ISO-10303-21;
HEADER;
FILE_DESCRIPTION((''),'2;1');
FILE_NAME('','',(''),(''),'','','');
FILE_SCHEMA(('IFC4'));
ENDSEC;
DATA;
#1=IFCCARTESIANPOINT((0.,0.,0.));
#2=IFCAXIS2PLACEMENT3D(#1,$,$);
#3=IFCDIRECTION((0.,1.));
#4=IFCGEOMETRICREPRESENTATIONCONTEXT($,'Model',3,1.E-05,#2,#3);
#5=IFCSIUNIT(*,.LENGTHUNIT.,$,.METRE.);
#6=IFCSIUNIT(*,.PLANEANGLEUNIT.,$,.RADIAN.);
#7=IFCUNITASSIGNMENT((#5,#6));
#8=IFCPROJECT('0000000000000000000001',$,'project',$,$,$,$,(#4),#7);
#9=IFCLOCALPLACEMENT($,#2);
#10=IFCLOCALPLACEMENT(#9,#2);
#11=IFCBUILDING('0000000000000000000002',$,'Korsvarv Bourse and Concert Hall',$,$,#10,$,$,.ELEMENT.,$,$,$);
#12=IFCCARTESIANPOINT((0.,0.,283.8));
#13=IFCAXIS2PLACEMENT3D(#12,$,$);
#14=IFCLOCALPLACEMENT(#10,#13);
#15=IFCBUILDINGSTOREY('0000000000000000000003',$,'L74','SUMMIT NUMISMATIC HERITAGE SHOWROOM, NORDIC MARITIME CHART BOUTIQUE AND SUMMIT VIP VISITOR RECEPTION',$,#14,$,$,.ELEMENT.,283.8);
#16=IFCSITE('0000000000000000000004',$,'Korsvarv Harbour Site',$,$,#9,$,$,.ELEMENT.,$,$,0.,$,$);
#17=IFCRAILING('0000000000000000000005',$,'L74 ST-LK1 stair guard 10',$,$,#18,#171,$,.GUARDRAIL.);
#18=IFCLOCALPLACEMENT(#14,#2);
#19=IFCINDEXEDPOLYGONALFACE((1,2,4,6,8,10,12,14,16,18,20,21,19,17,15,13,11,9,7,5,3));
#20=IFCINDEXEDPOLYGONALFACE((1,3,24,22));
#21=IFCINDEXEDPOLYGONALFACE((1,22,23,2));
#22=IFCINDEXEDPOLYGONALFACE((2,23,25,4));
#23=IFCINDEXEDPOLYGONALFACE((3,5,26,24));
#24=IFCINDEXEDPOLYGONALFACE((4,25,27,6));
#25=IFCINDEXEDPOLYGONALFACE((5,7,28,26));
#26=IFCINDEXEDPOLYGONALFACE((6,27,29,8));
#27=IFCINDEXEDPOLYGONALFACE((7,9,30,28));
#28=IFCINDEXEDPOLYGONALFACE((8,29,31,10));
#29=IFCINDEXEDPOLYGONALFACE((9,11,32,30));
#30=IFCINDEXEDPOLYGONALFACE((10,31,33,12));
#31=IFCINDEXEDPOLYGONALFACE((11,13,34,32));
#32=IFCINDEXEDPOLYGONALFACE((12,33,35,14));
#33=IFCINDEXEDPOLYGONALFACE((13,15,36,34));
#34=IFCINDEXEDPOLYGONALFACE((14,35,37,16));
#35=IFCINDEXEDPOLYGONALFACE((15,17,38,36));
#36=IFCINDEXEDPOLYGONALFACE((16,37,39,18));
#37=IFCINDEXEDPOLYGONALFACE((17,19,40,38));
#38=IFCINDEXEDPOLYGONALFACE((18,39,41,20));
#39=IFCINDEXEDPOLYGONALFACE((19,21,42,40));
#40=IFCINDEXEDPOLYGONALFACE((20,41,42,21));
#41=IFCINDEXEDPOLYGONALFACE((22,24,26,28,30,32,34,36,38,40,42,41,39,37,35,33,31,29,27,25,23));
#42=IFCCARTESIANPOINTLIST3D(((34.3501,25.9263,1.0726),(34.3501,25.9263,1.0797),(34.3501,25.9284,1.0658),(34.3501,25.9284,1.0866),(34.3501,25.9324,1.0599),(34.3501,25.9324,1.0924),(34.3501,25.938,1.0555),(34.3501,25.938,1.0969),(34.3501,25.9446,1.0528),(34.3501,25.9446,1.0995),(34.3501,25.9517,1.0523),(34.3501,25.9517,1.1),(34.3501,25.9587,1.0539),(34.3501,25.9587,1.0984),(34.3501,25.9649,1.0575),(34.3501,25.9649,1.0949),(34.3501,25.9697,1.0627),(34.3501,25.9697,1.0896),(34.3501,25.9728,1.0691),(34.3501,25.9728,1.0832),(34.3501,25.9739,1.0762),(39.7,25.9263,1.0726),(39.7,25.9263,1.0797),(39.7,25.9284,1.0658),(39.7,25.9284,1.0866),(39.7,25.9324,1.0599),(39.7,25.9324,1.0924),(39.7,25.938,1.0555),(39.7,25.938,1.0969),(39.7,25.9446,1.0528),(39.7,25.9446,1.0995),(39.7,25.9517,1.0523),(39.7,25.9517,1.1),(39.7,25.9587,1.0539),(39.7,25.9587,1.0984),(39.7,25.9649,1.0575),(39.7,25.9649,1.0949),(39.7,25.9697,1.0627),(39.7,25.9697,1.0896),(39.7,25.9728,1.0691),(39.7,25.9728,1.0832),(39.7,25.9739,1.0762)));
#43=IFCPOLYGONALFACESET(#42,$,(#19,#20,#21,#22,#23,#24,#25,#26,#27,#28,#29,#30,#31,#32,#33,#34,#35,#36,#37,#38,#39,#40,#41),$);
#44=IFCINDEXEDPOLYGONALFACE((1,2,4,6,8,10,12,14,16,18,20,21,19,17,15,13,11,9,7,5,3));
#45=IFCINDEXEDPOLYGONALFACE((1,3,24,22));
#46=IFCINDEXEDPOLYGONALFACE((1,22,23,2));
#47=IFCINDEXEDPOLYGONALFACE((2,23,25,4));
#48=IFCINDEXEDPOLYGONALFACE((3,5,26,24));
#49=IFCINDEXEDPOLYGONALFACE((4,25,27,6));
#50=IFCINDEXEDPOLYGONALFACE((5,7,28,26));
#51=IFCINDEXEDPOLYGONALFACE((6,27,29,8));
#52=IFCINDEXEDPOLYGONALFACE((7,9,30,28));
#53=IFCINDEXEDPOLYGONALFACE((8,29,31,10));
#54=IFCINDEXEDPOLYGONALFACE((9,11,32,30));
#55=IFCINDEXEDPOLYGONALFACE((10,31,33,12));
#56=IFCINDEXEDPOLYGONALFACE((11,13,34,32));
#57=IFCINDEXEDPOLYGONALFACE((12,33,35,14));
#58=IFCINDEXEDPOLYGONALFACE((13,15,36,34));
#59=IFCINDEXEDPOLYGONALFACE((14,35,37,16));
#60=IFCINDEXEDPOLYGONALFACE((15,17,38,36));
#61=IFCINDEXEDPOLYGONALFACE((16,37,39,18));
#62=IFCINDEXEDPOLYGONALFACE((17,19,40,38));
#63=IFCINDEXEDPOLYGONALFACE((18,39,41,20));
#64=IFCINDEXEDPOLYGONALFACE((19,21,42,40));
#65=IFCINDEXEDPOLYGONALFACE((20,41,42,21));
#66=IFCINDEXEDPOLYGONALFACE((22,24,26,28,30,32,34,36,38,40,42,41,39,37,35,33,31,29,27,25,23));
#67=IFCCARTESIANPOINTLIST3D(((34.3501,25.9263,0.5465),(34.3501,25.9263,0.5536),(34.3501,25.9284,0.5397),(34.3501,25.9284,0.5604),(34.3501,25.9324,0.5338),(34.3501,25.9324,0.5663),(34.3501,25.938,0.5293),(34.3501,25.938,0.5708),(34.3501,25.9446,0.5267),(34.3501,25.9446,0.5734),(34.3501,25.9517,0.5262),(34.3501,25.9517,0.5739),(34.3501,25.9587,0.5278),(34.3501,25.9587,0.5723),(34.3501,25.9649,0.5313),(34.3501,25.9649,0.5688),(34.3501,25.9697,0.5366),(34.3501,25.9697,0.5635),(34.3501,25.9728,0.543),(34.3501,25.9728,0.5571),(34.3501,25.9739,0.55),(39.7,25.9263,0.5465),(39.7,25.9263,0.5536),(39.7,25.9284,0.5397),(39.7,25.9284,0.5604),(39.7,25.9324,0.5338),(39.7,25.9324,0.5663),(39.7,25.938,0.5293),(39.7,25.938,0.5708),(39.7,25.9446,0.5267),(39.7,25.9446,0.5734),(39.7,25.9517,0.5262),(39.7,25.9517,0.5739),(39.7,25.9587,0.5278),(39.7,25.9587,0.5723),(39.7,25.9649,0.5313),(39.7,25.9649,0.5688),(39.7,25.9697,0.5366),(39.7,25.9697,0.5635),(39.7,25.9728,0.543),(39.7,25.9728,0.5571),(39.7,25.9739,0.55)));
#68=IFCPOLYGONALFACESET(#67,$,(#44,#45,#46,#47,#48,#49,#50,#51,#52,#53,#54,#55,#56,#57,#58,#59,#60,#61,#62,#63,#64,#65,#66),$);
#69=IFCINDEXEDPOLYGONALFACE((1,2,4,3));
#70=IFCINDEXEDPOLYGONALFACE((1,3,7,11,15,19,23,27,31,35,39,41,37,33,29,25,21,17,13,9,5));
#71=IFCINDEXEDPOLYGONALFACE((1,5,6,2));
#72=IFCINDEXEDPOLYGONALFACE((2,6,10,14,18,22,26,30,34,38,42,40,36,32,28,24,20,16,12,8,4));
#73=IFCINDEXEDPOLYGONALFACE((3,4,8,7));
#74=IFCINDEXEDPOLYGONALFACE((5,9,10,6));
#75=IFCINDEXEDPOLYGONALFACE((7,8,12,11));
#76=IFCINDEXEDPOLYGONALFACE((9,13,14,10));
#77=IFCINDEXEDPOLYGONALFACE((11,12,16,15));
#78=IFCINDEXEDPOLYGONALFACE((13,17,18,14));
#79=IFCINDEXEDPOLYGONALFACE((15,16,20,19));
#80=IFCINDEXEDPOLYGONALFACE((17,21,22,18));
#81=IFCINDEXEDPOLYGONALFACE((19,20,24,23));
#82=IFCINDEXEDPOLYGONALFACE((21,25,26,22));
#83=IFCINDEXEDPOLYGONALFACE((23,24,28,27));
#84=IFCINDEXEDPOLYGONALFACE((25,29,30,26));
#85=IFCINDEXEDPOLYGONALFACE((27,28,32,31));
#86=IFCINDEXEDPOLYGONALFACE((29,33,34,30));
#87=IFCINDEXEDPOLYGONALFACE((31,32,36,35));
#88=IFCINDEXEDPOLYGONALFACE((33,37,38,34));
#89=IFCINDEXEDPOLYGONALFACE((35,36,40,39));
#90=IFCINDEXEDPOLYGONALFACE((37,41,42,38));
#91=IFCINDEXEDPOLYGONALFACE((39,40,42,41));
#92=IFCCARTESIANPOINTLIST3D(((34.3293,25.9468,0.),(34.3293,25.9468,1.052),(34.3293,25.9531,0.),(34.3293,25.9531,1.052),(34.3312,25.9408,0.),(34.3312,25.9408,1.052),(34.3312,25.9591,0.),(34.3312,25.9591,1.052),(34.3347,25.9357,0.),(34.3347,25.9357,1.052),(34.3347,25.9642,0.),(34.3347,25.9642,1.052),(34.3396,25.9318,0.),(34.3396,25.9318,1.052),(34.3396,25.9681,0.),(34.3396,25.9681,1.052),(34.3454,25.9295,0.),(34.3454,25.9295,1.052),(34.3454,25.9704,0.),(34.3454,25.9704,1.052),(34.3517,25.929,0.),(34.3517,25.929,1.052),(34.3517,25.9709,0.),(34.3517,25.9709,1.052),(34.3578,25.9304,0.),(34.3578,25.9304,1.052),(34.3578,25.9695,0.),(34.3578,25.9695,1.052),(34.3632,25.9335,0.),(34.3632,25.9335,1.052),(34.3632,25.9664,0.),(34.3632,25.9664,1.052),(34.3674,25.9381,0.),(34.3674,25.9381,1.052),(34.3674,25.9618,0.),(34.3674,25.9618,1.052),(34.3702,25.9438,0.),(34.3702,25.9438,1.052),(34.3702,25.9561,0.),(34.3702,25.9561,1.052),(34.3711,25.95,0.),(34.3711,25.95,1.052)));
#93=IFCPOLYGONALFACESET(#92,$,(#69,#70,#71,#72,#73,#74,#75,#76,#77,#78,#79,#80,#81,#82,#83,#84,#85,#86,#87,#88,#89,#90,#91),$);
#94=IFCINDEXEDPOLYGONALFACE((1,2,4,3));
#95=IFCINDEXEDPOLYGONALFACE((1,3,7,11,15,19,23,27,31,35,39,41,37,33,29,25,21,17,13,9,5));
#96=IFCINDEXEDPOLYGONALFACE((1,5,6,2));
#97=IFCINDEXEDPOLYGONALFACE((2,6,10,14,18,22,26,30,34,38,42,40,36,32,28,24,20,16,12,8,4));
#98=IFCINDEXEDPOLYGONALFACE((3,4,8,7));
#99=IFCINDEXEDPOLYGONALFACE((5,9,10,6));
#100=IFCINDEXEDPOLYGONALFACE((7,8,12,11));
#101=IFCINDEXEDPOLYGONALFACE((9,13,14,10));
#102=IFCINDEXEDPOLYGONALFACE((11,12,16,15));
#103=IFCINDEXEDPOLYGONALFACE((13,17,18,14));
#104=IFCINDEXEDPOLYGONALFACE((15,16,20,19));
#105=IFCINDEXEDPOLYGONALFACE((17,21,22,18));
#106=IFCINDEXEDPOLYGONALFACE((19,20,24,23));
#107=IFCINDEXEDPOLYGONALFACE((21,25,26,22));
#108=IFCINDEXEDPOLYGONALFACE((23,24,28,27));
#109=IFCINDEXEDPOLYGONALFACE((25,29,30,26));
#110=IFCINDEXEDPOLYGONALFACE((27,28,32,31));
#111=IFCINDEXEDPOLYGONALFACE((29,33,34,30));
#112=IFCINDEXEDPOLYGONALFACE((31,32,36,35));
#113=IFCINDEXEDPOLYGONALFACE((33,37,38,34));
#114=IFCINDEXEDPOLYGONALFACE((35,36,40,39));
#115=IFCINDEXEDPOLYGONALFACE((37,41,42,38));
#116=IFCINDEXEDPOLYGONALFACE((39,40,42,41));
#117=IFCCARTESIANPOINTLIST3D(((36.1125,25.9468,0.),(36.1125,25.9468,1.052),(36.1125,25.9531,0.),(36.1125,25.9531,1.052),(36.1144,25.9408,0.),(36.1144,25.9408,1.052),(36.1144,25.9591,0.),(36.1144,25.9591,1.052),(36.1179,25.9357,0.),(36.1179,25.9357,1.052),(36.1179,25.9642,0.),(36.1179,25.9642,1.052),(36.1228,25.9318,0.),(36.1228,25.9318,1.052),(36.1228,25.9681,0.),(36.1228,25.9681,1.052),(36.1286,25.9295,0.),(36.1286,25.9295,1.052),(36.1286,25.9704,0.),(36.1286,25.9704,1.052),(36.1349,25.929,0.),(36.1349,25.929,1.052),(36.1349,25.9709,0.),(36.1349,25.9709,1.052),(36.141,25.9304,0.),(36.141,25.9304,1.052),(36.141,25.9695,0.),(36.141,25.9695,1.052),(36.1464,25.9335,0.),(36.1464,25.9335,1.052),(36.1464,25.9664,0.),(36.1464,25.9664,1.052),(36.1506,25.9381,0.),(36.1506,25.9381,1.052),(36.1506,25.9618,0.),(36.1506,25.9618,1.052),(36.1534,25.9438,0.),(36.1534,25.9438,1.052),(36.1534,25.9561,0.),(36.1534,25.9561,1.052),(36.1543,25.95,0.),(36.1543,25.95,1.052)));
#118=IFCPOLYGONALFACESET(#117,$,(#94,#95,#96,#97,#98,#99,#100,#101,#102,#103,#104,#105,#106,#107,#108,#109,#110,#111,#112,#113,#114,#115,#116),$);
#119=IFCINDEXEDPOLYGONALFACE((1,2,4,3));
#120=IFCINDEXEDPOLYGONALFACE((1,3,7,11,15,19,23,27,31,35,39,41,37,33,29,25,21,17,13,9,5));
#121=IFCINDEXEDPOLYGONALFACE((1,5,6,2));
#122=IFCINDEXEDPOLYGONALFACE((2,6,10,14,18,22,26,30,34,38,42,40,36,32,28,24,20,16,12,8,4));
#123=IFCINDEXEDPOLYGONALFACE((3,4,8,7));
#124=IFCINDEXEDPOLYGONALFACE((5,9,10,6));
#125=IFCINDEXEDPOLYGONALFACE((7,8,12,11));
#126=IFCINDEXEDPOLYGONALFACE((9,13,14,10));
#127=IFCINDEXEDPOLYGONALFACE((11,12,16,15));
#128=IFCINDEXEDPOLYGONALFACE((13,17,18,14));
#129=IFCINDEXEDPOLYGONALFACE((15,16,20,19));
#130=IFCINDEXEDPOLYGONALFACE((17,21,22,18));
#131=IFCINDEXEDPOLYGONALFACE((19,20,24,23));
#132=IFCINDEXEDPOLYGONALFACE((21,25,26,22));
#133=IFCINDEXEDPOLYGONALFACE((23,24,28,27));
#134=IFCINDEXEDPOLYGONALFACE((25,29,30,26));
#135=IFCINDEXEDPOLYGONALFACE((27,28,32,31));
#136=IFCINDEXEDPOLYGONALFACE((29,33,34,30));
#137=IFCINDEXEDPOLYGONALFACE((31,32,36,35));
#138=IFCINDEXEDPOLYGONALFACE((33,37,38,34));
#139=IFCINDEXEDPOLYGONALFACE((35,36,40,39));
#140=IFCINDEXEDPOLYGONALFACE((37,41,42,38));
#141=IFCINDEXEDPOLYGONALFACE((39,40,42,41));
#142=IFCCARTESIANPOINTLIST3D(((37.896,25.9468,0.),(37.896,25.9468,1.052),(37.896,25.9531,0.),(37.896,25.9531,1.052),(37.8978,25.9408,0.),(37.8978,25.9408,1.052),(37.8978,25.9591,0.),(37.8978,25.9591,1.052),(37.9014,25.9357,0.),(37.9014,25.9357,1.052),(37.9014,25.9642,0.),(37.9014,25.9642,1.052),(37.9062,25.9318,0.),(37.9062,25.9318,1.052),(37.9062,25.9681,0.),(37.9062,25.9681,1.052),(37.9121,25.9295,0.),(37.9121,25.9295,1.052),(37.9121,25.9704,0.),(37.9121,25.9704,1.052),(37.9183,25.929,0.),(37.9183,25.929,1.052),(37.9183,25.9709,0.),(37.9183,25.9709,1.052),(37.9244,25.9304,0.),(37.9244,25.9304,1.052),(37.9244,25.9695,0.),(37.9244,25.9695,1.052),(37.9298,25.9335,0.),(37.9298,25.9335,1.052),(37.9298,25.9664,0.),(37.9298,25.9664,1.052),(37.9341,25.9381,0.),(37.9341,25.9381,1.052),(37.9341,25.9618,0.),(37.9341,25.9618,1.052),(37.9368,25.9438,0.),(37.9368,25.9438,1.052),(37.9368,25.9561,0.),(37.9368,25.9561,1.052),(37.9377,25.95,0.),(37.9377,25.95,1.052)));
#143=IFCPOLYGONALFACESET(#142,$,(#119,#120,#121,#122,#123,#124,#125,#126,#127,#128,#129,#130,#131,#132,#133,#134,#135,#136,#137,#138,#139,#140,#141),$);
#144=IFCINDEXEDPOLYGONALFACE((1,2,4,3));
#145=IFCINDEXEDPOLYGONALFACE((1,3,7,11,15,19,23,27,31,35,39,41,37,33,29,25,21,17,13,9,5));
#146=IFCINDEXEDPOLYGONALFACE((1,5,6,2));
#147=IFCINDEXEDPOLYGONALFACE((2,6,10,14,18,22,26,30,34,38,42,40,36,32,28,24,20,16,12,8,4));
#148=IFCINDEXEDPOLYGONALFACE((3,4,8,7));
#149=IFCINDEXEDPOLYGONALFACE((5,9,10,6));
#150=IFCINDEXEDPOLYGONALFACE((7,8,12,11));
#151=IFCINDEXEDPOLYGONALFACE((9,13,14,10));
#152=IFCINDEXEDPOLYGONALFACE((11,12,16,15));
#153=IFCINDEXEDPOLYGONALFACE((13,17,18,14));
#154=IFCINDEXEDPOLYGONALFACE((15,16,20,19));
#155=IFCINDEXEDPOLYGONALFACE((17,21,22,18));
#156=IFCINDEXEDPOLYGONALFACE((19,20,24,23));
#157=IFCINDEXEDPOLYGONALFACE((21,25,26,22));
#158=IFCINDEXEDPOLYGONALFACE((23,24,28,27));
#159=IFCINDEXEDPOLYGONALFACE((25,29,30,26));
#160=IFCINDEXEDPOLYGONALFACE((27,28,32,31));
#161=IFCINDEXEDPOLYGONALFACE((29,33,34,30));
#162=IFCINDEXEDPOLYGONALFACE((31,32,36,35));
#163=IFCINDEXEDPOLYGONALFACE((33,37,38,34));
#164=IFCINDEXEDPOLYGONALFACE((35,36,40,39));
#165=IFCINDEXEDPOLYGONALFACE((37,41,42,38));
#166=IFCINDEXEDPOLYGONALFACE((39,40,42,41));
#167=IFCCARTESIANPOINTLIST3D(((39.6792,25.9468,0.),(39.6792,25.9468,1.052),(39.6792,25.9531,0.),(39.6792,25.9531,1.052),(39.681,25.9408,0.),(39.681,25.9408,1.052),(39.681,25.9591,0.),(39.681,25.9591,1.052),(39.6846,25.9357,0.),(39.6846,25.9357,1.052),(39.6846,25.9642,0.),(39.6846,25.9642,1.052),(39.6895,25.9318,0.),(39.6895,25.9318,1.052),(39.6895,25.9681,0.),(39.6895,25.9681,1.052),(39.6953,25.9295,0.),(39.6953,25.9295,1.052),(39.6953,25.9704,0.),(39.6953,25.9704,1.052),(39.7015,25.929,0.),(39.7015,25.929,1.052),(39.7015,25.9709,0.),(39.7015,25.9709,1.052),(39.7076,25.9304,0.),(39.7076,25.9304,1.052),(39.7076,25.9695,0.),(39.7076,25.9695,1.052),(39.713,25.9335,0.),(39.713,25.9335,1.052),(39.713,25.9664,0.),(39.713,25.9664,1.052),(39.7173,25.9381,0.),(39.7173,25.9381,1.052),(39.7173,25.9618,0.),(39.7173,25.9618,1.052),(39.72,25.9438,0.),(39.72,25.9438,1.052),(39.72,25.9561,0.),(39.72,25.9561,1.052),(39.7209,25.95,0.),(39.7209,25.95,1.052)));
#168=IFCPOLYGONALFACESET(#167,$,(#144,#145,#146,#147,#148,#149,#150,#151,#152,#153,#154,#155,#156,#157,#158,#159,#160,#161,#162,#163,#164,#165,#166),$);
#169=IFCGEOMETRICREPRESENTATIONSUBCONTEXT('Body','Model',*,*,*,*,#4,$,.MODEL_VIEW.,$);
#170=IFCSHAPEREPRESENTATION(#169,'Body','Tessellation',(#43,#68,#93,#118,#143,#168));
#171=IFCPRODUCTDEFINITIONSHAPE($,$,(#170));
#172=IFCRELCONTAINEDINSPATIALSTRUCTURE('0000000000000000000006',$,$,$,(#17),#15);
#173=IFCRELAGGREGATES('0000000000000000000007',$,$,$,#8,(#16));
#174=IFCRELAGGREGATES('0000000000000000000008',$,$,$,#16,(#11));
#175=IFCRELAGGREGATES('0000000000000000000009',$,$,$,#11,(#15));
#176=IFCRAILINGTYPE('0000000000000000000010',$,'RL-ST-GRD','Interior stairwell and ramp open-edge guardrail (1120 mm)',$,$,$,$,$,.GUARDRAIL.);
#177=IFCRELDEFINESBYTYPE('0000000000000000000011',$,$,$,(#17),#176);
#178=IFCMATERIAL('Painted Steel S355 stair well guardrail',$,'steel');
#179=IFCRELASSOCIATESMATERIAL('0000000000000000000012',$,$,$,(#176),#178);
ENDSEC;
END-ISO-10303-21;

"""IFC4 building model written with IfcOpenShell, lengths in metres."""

from ifc_helpers import new_model, si_unit, direction, frame, origin, origin_2d, place, context, subcontext, project, spatial, circle, extrude, material, type_object, element, save


model = new_model("IFC4")

# Units and contexts
model_context = context("Model", 3, precision=1e-05, world=origin(), true_north=direction((0.0, 1.0)))
body_context = subcontext(model_context, "Body", "Model", "MODEL_VIEW")
ifc_project = project(units=[si_unit("LENGTHUNIT", "METRE"), si_unit("PLANEANGLEUNIT", "RADIAN")], contexts=[model_context])

# Site, building, storey
site_placement = place(None, origin())
site = spatial("IfcSite", under=ifc_project, at=site_placement, Name="Korsvarv Harbour Site", CompositionType="ELEMENT", RefElevation=0.0)
building_placement = place(site_placement, origin())
building = spatial("IfcBuilding", under=site, at=building_placement, Name="Korsvarv Bourse and Concert Hall", CompositionType="ELEMENT")
storey_placement = place(building_placement, frame((0.0, 0.0, 283.8)))
storey = spatial("IfcBuildingStorey", under=building, at=storey_placement, Name="L74", Description="SUMMIT NUMISMATIC HERITAGE SHOWROOM, NORDIC MARITIME CHART BOUTIQUE AND SUMMIT VIP VISITOR RECEPTION", CompositionType="ELEMENT", Elevation=283.8)

# Railing
ifc_material_1 = material(Name="Painted Steel S355 stair well guardrail", Category="steel")
railing_type_1 = type_object("IfcRailingType", Name="RL-ST-GRD", Description="Interior stairwell and ramp open-edge guardrail (1120 mm)", PredefinedType="GUARDRAIL", material=ifc_material_1)
for number, where, name in (
    (1, (34.3501, 25.95, 0.0), "L74 ST-LK1 stair guard 10"),
):
    element("IfcRailing", number, at=place(storey_placement, frame(where)), inside=storey, type_object=railing_type_1, Name=name, PredefinedType="GUARDRAIL", context=body_context, shape_type="SweptSolid", body=[
        extrude(circle(Radius=0.0239, at=origin_2d()), frame((0.0, 0.0, 1.0762), z_axis=(1.0, 0.0, 0.0), x_axis=(0.0, 1.0, 0.0)), (0.0, 0.0, 1.0), 5.3499),
        extrude(circle(Radius=0.0239, at=origin_2d()), frame((0.0, 0.0, 0.55), z_axis=(1.0, 0.0, 0.0), x_axis=(0.0, 1.0, 0.0)), (0.0, 0.0, 1.0), 5.3499),
        extrude(circle(Radius=0.021, at=origin_2d()), origin(), (0.0, 0.0, 1.0), 1.052),
        extrude(circle(Radius=0.021, at=origin_2d()), frame((1.7832, 0.0, 0.0)), (0.0, 0.0, 1.0), 1.052),
        extrude(circle(Radius=0.021, at=origin_2d()), frame((3.5667, 0.0, 0.0)), (0.0, 0.0, 1.0), 1.052),
        extrude(circle(Radius=0.021, at=origin_2d()), frame((5.3499, 0.0, 0.0)), (0.0, 0.0, 1.0), 1.052),
    ])

save(model, "model.ifc")
